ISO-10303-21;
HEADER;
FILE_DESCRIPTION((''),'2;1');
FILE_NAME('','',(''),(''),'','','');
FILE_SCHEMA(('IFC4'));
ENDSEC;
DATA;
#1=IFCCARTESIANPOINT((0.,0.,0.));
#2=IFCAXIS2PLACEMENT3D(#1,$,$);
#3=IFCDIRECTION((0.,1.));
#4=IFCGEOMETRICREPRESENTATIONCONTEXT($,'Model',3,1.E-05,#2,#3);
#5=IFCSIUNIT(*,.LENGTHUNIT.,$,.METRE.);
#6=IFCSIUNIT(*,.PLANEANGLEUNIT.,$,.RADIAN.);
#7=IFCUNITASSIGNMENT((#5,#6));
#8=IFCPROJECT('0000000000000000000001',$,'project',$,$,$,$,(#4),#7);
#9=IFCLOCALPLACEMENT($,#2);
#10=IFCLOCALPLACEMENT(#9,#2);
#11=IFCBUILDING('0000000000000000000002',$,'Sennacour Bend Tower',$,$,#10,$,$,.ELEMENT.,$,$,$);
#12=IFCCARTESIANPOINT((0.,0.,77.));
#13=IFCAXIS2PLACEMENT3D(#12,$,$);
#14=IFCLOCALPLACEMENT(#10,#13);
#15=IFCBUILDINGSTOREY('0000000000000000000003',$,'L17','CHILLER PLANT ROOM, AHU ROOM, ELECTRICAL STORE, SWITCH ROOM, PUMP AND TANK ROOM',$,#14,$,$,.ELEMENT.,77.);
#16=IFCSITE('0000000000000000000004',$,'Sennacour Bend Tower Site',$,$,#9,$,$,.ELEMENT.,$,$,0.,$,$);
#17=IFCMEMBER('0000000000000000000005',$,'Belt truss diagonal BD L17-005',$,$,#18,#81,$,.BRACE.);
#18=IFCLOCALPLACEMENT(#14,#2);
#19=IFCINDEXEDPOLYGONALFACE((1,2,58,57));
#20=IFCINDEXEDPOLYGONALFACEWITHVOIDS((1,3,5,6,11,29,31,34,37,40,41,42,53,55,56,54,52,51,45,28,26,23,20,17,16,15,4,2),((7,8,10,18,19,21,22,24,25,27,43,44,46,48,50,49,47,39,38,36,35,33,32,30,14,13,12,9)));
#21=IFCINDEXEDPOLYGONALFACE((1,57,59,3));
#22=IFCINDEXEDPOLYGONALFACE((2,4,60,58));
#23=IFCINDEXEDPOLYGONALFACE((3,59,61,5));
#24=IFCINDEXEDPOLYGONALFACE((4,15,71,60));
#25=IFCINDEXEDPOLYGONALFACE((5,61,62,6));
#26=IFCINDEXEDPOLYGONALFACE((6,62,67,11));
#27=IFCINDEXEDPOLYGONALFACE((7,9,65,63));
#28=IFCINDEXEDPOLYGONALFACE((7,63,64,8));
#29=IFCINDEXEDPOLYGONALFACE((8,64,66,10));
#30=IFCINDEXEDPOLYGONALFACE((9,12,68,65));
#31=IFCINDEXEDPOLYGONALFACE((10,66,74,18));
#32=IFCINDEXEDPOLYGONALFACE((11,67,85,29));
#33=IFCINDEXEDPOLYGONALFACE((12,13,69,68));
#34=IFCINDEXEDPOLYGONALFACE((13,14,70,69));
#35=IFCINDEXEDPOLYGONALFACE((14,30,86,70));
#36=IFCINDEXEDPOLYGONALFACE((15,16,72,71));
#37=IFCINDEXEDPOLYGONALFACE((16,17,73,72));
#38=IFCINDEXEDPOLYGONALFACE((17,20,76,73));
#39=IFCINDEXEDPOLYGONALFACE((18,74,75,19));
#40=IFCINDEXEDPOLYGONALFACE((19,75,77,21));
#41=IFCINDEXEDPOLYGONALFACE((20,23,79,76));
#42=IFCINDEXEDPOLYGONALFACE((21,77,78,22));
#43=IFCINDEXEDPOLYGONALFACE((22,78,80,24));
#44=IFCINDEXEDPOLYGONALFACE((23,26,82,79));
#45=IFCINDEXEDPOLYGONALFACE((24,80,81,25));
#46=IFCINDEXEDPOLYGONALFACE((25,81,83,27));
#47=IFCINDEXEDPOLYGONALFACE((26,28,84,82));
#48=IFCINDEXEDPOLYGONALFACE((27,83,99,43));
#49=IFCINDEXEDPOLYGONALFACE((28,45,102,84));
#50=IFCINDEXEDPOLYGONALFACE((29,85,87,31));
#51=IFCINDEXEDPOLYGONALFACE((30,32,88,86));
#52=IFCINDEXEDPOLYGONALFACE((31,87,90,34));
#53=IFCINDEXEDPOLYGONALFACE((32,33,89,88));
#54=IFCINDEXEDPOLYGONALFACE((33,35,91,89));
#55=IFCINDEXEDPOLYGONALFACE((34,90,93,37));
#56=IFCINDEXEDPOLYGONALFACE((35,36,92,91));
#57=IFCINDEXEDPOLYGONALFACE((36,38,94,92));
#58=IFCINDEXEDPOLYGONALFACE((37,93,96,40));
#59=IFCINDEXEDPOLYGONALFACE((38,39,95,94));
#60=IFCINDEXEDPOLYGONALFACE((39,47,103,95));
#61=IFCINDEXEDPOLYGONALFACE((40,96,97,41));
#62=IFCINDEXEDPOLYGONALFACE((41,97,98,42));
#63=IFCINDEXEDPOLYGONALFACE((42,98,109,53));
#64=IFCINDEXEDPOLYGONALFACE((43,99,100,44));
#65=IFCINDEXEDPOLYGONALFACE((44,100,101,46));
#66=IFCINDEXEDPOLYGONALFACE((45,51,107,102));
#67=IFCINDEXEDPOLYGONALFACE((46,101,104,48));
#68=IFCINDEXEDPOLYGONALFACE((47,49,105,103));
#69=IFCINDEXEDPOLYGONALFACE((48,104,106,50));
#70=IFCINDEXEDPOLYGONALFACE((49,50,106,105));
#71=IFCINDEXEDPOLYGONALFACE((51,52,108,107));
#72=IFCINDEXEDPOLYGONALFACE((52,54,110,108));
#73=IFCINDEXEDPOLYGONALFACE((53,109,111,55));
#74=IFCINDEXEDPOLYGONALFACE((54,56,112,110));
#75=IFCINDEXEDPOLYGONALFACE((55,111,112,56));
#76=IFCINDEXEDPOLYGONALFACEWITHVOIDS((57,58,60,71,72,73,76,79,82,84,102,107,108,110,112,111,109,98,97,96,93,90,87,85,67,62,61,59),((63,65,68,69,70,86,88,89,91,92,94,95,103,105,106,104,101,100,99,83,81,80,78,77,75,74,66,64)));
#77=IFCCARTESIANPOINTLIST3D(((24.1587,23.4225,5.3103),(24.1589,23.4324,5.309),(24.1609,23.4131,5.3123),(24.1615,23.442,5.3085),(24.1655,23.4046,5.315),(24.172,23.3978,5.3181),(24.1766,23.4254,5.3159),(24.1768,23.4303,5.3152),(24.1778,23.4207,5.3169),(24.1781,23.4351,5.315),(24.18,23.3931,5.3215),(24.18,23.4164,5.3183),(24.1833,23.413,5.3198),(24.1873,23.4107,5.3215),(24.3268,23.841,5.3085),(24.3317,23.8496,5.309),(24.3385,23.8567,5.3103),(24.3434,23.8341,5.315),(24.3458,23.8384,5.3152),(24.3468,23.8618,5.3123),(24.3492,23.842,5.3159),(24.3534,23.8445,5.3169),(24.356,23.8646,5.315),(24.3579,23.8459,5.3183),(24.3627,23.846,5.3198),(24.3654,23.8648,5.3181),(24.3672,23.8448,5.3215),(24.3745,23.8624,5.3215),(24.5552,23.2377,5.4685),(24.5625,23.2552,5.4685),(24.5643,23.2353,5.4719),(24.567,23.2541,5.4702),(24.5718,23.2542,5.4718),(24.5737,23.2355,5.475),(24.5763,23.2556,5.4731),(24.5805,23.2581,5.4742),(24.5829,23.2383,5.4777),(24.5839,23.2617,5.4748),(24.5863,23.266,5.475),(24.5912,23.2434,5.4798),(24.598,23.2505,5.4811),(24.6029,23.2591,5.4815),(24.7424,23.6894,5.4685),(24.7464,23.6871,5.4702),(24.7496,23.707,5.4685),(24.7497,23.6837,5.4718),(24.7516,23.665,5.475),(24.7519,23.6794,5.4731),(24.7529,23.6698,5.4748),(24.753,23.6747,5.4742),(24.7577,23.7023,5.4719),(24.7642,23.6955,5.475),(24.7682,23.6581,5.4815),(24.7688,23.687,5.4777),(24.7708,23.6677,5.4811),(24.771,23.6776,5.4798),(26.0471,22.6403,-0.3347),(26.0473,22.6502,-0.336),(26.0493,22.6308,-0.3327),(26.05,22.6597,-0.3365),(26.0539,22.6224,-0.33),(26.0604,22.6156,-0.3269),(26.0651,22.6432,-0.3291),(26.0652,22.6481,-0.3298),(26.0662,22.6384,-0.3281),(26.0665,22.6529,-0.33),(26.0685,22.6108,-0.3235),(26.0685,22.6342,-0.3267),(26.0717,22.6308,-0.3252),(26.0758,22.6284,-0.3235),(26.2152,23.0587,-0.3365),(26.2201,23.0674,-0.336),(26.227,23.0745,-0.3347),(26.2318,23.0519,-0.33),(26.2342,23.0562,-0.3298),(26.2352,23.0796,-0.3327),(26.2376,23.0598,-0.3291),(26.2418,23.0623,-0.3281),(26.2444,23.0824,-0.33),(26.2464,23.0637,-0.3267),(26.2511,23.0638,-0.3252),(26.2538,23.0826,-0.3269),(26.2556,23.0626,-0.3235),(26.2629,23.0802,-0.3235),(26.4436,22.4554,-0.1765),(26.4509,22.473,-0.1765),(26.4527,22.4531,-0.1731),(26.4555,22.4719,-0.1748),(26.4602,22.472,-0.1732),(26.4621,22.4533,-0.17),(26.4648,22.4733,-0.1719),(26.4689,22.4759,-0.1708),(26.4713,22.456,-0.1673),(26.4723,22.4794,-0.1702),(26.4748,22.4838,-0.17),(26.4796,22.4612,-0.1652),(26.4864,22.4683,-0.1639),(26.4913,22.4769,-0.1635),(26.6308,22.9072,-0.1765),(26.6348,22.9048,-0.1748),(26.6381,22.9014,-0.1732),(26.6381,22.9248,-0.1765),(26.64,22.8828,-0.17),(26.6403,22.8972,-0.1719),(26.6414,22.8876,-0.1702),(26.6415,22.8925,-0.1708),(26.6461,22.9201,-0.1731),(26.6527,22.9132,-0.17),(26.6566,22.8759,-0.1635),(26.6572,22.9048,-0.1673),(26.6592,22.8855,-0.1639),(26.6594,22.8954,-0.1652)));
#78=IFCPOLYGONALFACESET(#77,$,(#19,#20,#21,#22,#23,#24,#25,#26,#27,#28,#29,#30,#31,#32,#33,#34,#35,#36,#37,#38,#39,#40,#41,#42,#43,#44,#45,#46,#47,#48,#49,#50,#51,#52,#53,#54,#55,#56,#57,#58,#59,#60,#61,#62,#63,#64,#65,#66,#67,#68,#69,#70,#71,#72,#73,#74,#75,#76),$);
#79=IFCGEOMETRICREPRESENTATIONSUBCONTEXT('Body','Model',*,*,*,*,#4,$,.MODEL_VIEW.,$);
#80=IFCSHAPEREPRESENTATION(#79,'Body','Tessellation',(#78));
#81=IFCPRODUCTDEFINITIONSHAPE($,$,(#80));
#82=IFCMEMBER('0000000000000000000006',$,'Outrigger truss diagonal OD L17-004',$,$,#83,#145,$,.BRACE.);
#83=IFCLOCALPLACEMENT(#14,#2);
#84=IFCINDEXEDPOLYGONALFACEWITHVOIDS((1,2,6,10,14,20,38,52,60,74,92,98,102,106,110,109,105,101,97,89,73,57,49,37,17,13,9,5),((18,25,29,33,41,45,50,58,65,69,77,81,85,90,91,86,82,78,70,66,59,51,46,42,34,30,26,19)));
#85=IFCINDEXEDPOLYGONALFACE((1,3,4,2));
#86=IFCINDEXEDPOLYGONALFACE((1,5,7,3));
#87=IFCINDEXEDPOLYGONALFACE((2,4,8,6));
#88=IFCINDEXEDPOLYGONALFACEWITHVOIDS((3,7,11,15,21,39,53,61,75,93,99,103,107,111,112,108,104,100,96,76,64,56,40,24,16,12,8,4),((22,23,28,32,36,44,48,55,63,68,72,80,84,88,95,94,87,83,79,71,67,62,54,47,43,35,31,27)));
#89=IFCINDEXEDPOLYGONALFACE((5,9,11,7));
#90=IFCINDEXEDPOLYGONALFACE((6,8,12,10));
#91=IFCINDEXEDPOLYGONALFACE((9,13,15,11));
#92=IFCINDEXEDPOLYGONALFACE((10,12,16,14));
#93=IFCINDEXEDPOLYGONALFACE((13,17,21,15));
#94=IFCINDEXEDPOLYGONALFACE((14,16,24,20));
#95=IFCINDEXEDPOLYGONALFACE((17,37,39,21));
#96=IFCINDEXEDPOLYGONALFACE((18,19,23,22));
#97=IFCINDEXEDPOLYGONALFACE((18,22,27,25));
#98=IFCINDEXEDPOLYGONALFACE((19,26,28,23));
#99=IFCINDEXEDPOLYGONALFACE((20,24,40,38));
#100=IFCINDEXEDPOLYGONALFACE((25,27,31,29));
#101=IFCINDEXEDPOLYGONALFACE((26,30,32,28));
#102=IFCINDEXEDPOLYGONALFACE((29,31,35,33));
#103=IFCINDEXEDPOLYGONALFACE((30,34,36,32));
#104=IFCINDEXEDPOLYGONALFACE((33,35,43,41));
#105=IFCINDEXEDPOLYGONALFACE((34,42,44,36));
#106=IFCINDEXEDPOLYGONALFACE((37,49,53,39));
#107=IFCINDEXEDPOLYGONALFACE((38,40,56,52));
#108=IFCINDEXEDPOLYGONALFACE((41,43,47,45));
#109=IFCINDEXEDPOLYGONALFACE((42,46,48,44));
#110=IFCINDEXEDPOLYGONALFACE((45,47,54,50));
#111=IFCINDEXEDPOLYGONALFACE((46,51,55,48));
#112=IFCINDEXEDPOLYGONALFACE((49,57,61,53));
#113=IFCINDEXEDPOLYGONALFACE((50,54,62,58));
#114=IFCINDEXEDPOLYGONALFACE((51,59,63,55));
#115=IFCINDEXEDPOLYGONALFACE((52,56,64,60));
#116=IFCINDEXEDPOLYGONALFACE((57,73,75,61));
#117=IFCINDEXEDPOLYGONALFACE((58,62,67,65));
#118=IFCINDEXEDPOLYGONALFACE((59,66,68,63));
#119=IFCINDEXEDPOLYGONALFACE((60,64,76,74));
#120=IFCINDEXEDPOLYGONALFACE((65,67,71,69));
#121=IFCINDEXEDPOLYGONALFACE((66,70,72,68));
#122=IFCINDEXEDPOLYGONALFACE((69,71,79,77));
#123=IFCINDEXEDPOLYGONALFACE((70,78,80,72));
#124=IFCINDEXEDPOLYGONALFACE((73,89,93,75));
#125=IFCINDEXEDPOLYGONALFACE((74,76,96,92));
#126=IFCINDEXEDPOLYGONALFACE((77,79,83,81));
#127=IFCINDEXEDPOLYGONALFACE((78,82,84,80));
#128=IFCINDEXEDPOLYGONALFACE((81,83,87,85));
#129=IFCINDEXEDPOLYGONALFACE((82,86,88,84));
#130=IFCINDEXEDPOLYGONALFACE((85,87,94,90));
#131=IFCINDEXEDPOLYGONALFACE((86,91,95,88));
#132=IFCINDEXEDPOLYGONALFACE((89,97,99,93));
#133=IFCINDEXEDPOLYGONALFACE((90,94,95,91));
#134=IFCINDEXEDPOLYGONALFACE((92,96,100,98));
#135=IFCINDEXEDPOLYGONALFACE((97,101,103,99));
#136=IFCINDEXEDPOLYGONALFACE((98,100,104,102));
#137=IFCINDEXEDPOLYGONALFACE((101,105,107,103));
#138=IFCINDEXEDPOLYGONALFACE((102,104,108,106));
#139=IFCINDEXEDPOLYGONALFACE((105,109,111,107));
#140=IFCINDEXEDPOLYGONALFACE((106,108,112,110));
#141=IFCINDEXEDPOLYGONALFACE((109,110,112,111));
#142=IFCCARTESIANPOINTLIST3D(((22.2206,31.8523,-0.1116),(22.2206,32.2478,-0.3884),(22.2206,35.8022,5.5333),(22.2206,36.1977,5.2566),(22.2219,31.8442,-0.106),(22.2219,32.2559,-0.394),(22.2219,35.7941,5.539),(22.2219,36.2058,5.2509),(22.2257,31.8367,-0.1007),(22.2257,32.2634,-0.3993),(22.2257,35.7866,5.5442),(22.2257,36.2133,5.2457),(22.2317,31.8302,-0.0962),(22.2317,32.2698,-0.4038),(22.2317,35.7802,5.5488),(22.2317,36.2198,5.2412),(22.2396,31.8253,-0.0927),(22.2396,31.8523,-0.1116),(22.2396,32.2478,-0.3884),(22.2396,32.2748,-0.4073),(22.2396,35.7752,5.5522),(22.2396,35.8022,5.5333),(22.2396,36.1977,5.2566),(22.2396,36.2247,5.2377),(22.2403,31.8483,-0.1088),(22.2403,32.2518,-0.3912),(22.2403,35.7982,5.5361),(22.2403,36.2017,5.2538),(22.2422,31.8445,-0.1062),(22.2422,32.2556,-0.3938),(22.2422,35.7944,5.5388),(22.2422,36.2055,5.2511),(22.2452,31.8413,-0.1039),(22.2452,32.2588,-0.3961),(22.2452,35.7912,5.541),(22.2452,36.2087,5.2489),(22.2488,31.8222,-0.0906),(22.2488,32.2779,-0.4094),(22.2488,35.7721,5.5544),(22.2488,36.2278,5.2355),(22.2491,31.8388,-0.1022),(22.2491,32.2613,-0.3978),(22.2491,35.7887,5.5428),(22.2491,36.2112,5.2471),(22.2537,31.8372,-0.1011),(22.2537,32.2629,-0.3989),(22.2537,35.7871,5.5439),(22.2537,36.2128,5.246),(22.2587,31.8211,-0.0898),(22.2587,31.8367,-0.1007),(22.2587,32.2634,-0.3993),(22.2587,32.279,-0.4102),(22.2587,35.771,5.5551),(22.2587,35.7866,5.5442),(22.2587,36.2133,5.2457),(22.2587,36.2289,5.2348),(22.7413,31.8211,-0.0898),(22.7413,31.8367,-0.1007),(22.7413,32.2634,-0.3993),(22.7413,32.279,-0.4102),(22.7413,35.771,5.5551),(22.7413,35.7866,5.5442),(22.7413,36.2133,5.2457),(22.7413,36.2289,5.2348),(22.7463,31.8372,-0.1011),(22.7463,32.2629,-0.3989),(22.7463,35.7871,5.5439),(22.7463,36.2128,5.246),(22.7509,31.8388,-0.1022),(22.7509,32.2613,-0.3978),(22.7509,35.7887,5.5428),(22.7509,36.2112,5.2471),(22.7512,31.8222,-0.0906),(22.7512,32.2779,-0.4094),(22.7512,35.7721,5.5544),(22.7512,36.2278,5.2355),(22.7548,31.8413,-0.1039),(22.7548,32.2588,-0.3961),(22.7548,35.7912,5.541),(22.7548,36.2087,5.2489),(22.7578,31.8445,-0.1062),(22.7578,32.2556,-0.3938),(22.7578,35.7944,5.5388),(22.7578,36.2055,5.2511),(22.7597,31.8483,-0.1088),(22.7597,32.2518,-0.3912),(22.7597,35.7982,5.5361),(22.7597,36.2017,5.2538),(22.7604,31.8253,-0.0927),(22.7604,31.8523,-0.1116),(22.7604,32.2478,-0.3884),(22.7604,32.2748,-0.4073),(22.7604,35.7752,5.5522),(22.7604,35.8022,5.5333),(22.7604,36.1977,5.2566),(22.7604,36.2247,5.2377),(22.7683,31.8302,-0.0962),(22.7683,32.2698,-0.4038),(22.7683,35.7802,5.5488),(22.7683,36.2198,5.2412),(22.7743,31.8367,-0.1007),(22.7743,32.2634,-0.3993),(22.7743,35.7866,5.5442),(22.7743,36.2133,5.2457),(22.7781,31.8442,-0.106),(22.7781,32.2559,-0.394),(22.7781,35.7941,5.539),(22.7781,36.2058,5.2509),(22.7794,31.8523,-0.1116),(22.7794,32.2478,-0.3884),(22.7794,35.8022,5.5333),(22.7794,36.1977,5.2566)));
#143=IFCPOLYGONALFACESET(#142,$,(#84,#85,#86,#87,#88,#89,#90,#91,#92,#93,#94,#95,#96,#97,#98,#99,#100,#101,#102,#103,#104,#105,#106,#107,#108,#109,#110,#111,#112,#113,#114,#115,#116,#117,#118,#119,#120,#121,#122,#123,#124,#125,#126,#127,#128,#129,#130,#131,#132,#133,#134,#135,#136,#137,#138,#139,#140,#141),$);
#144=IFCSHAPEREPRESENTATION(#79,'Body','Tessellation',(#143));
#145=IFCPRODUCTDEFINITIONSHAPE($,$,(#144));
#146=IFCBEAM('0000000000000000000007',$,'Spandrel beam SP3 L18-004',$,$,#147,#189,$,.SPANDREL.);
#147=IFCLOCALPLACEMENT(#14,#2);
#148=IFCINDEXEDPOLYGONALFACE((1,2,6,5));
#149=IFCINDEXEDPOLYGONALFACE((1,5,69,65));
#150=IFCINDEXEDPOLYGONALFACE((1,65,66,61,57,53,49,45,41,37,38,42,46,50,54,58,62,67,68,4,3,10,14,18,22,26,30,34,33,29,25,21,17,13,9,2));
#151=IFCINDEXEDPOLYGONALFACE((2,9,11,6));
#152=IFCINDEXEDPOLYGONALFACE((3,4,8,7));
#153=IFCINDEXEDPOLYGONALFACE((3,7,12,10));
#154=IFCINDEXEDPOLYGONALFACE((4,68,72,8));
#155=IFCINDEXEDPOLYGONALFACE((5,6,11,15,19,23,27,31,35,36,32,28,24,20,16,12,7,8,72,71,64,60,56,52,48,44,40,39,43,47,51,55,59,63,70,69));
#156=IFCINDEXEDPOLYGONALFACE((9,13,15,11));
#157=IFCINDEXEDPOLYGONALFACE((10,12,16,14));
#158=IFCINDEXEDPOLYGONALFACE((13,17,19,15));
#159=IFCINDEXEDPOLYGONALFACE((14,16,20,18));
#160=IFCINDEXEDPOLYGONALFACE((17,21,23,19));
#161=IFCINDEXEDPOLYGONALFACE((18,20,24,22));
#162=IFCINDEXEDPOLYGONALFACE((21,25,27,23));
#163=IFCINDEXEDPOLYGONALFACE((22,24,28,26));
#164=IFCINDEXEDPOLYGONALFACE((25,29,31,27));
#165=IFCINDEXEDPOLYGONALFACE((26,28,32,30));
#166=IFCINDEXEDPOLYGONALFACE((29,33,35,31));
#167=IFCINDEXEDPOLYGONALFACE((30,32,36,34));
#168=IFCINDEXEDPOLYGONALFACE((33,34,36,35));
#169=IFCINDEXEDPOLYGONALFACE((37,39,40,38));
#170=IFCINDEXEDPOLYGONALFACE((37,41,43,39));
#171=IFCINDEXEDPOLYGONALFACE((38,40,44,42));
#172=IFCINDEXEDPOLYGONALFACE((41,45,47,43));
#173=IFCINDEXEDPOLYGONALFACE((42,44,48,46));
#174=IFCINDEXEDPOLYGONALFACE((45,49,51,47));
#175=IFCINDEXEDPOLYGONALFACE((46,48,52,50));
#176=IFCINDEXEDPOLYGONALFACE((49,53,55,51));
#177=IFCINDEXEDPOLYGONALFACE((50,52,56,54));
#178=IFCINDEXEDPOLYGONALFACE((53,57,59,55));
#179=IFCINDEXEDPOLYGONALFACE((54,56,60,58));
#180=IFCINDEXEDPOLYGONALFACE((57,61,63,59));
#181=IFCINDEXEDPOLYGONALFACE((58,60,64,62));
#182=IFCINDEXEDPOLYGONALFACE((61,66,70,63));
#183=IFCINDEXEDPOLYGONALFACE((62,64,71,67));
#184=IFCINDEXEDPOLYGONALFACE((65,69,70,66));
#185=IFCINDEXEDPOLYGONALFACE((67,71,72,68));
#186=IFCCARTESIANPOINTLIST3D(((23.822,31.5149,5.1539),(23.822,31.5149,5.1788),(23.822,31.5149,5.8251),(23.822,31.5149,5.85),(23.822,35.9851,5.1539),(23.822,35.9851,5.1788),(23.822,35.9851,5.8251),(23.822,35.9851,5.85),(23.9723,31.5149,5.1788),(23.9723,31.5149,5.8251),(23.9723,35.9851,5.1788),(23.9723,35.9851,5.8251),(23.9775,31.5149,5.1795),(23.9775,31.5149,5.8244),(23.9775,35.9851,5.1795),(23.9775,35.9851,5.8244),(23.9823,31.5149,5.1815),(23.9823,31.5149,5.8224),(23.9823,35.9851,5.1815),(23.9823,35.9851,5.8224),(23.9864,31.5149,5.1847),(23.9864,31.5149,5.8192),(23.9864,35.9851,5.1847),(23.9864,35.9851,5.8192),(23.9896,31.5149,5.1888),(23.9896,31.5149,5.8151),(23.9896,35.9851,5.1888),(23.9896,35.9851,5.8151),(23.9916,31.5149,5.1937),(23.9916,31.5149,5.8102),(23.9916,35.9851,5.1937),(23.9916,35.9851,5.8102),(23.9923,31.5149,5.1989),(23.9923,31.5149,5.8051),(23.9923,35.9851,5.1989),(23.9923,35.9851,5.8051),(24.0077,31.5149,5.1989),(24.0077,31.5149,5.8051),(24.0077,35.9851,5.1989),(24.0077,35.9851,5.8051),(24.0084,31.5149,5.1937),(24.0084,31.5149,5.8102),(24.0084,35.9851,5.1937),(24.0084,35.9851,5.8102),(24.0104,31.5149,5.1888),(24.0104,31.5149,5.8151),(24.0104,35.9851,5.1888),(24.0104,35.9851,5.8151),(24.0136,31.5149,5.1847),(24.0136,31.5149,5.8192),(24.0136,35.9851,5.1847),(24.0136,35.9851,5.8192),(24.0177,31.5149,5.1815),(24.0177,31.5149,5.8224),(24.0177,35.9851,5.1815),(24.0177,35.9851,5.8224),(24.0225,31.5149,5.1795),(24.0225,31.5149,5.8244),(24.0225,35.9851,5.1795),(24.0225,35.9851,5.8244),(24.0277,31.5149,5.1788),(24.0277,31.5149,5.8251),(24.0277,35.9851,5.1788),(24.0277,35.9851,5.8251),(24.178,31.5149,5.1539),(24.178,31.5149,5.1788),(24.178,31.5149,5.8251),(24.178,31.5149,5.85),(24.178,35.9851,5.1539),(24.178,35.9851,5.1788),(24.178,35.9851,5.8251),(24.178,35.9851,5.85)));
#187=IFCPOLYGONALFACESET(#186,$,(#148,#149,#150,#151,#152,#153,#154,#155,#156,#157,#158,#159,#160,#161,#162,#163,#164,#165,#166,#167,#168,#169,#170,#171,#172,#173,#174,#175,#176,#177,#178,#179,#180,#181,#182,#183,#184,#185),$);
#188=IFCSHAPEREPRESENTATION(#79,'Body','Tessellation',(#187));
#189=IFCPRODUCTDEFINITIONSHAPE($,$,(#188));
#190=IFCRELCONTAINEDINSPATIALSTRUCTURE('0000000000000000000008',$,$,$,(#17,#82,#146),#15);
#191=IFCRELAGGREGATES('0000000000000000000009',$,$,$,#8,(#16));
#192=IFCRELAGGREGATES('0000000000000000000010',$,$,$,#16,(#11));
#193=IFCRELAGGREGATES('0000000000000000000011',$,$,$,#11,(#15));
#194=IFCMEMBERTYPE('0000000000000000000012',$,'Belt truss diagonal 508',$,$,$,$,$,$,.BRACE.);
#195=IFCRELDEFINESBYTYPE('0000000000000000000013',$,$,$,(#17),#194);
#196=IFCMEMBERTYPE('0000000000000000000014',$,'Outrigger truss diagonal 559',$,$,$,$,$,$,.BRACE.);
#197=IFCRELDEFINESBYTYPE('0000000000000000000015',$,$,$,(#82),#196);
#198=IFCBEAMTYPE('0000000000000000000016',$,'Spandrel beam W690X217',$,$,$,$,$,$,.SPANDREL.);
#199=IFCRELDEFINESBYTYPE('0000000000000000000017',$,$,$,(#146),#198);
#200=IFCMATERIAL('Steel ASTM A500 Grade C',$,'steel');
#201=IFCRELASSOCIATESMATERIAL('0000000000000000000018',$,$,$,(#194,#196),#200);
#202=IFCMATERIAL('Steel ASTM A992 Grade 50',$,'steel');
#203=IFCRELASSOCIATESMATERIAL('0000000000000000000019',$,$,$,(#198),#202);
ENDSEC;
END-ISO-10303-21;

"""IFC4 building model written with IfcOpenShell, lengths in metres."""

from ifc_helpers import new_model, si_unit, direction, frame, origin, origin_2d, place, context, subcontext, project, spatial, hollow_rectangle, i_section, extrude, material, material_profile, profile_set, type_object, element, save


model = new_model("IFC4")

# Units and contexts
model_context = context("Model", 3, precision=1e-05, world=origin(), true_north=direction((0.0, 1.0)))
body_context = subcontext(model_context, "Body", "Model", "MODEL_VIEW")
ifc_project = project(units=[si_unit("LENGTHUNIT", "METRE"), si_unit("PLANEANGLEUNIT", "RADIAN")], contexts=[model_context])

# Site, building, storey
site_placement = place(None, origin())
site = spatial("IfcSite", under=ifc_project, at=site_placement, Name="Sennacour Bend Tower Site", CompositionType="ELEMENT", RefElevation=0.0)
building_placement = place(site_placement, origin())
building = spatial("IfcBuilding", under=site, at=building_placement, Name="Sennacour Bend Tower", CompositionType="ELEMENT")
storey_placement = place(building_placement, frame((0.0, 0.0, 77.0)))
storey = spatial("IfcBuildingStorey", under=building, at=storey_placement, Name="L17", Description="CHILLER PLANT ROOM, AHU ROOM, ELECTRICAL STORE, SWITCH ROOM, PUMP AND TANK ROOM", CompositionType="ELEMENT", Elevation=77.0)

# Members
ifc_material_1 = material(Name="Steel ASTM A992 Grade 50", Category="steel")
ifc_material_2 = material(Name="Steel ASTM A500 Grade C", Category="steel")
ifc_material_profile_1 = material_profile(ifc_material_2, hollow_rectangle(XDim=0.5081, YDim=0.5081, WallThickness=0.019, InnerFilletRadius=0.019, OuterFilletRadius=0.0381, at=origin_2d()), Name="Steel ASTM A500 Grade C", Category="steel")
ifc_profile_set_1 = profile_set([ifc_material_profile_1], Name="Steel ASTM A500 Grade C")
member_type_1 = type_object("IfcMemberType", Name="Belt truss diagonal 508", PredefinedType="BRACE", material=ifc_profile_set_1)
for number, where, z_axis, x_axis, name in (
    (1, (24.4648, 23.55, 5.395), (0.314545, -0.130291, -0.940258), (0.382689, 0.923877, 0.0), "Belt truss diagonal BD L17-005"),
):
    element("IfcMember", number, at=place(storey_placement, frame(where, z_axis=z_axis, x_axis=x_axis)), inside=storey, type_object=member_type_1, Name=name, PredefinedType="BRACE", context=body_context, shape_type="SweptSolid", body=[
        extrude(hollow_rectangle(XDim=0.5081, YDim=0.5081, WallThickness=0.019, InnerFilletRadius=0.019, OuterFilletRadius=0.0381, at=origin_2d()), origin(), (0.0, 0.0, 1.0), 6.0037),
    ])
ifc_material_profile_2 = material_profile(ifc_material_2, hollow_rectangle(XDim=0.5588, YDim=0.5588, WallThickness=0.019, InnerFilletRadius=0.019, OuterFilletRadius=0.0381, at=origin_2d()), Name="Steel ASTM A500 Grade C", Category="steel")
ifc_profile_set_2 = profile_set([ifc_material_profile_2], Name="Steel ASTM A500 Grade C")
member_type_2 = type_object("IfcMemberType", Name="Outrigger truss diagonal 559", PredefinedType="BRACE", material=ifc_profile_set_2)
member_1_placement = place(storey_placement, frame((22.5, 32.05, -0.25), z_axis=(0.0, 0.57331, 0.819338), x_axis=(-1.0, 0.0, 0.0)))
element("IfcMember", 2, at=member_1_placement, inside=storey, type_object=member_type_2, Name="Outrigger truss diagonal OD L17-004", PredefinedType="BRACE", context=body_context, shape_type="SweptSolid", body=[
    extrude(hollow_rectangle(XDim=0.5588, YDim=0.5588, WallThickness=0.019, InnerFilletRadius=0.019, OuterFilletRadius=0.0381, at=origin_2d()), origin(), (0.0, 0.0, 1.0), 6.8896),
])

# Beam
ifc_material_profile_3 = material_profile(ifc_material_1, i_section(OverallWidth=0.356, OverallDepth=0.696, WebThickness=0.0154, FlangeThickness=0.0249, FilletRadius=0.02, at=origin_2d()), Name="Steel ASTM A992 Grade 50", Category="steel")
ifc_profile_set_3 = profile_set([ifc_material_profile_3], Name="Steel ASTM A992 Grade 50")
beam_type_1 = type_object("IfcBeamType", Name="Spandrel beam W690X217", PredefinedType="SPANDREL", material=ifc_profile_set_3)
beam_1_placement = place(storey_placement, frame((24.0, 35.9851, 5.502), z_axis=(0.0, -1.0, 0.0), x_axis=(1.0, 0.0, 0.0)))
element("IfcBeam", 3, at=beam_1_placement, inside=storey, type_object=beam_type_1, Name="Spandrel beam SP3 L18-004", PredefinedType="SPANDREL", context=body_context, shape_type="SweptSolid", body=[
    extrude(i_section(OverallWidth=0.356, OverallDepth=0.696, WebThickness=0.0154, FlangeThickness=0.0249, FilletRadius=0.02, at=origin_2d()), origin(), (0.0, 0.0, 1.0), 4.4702),
])

save(model, "model.ifc")
